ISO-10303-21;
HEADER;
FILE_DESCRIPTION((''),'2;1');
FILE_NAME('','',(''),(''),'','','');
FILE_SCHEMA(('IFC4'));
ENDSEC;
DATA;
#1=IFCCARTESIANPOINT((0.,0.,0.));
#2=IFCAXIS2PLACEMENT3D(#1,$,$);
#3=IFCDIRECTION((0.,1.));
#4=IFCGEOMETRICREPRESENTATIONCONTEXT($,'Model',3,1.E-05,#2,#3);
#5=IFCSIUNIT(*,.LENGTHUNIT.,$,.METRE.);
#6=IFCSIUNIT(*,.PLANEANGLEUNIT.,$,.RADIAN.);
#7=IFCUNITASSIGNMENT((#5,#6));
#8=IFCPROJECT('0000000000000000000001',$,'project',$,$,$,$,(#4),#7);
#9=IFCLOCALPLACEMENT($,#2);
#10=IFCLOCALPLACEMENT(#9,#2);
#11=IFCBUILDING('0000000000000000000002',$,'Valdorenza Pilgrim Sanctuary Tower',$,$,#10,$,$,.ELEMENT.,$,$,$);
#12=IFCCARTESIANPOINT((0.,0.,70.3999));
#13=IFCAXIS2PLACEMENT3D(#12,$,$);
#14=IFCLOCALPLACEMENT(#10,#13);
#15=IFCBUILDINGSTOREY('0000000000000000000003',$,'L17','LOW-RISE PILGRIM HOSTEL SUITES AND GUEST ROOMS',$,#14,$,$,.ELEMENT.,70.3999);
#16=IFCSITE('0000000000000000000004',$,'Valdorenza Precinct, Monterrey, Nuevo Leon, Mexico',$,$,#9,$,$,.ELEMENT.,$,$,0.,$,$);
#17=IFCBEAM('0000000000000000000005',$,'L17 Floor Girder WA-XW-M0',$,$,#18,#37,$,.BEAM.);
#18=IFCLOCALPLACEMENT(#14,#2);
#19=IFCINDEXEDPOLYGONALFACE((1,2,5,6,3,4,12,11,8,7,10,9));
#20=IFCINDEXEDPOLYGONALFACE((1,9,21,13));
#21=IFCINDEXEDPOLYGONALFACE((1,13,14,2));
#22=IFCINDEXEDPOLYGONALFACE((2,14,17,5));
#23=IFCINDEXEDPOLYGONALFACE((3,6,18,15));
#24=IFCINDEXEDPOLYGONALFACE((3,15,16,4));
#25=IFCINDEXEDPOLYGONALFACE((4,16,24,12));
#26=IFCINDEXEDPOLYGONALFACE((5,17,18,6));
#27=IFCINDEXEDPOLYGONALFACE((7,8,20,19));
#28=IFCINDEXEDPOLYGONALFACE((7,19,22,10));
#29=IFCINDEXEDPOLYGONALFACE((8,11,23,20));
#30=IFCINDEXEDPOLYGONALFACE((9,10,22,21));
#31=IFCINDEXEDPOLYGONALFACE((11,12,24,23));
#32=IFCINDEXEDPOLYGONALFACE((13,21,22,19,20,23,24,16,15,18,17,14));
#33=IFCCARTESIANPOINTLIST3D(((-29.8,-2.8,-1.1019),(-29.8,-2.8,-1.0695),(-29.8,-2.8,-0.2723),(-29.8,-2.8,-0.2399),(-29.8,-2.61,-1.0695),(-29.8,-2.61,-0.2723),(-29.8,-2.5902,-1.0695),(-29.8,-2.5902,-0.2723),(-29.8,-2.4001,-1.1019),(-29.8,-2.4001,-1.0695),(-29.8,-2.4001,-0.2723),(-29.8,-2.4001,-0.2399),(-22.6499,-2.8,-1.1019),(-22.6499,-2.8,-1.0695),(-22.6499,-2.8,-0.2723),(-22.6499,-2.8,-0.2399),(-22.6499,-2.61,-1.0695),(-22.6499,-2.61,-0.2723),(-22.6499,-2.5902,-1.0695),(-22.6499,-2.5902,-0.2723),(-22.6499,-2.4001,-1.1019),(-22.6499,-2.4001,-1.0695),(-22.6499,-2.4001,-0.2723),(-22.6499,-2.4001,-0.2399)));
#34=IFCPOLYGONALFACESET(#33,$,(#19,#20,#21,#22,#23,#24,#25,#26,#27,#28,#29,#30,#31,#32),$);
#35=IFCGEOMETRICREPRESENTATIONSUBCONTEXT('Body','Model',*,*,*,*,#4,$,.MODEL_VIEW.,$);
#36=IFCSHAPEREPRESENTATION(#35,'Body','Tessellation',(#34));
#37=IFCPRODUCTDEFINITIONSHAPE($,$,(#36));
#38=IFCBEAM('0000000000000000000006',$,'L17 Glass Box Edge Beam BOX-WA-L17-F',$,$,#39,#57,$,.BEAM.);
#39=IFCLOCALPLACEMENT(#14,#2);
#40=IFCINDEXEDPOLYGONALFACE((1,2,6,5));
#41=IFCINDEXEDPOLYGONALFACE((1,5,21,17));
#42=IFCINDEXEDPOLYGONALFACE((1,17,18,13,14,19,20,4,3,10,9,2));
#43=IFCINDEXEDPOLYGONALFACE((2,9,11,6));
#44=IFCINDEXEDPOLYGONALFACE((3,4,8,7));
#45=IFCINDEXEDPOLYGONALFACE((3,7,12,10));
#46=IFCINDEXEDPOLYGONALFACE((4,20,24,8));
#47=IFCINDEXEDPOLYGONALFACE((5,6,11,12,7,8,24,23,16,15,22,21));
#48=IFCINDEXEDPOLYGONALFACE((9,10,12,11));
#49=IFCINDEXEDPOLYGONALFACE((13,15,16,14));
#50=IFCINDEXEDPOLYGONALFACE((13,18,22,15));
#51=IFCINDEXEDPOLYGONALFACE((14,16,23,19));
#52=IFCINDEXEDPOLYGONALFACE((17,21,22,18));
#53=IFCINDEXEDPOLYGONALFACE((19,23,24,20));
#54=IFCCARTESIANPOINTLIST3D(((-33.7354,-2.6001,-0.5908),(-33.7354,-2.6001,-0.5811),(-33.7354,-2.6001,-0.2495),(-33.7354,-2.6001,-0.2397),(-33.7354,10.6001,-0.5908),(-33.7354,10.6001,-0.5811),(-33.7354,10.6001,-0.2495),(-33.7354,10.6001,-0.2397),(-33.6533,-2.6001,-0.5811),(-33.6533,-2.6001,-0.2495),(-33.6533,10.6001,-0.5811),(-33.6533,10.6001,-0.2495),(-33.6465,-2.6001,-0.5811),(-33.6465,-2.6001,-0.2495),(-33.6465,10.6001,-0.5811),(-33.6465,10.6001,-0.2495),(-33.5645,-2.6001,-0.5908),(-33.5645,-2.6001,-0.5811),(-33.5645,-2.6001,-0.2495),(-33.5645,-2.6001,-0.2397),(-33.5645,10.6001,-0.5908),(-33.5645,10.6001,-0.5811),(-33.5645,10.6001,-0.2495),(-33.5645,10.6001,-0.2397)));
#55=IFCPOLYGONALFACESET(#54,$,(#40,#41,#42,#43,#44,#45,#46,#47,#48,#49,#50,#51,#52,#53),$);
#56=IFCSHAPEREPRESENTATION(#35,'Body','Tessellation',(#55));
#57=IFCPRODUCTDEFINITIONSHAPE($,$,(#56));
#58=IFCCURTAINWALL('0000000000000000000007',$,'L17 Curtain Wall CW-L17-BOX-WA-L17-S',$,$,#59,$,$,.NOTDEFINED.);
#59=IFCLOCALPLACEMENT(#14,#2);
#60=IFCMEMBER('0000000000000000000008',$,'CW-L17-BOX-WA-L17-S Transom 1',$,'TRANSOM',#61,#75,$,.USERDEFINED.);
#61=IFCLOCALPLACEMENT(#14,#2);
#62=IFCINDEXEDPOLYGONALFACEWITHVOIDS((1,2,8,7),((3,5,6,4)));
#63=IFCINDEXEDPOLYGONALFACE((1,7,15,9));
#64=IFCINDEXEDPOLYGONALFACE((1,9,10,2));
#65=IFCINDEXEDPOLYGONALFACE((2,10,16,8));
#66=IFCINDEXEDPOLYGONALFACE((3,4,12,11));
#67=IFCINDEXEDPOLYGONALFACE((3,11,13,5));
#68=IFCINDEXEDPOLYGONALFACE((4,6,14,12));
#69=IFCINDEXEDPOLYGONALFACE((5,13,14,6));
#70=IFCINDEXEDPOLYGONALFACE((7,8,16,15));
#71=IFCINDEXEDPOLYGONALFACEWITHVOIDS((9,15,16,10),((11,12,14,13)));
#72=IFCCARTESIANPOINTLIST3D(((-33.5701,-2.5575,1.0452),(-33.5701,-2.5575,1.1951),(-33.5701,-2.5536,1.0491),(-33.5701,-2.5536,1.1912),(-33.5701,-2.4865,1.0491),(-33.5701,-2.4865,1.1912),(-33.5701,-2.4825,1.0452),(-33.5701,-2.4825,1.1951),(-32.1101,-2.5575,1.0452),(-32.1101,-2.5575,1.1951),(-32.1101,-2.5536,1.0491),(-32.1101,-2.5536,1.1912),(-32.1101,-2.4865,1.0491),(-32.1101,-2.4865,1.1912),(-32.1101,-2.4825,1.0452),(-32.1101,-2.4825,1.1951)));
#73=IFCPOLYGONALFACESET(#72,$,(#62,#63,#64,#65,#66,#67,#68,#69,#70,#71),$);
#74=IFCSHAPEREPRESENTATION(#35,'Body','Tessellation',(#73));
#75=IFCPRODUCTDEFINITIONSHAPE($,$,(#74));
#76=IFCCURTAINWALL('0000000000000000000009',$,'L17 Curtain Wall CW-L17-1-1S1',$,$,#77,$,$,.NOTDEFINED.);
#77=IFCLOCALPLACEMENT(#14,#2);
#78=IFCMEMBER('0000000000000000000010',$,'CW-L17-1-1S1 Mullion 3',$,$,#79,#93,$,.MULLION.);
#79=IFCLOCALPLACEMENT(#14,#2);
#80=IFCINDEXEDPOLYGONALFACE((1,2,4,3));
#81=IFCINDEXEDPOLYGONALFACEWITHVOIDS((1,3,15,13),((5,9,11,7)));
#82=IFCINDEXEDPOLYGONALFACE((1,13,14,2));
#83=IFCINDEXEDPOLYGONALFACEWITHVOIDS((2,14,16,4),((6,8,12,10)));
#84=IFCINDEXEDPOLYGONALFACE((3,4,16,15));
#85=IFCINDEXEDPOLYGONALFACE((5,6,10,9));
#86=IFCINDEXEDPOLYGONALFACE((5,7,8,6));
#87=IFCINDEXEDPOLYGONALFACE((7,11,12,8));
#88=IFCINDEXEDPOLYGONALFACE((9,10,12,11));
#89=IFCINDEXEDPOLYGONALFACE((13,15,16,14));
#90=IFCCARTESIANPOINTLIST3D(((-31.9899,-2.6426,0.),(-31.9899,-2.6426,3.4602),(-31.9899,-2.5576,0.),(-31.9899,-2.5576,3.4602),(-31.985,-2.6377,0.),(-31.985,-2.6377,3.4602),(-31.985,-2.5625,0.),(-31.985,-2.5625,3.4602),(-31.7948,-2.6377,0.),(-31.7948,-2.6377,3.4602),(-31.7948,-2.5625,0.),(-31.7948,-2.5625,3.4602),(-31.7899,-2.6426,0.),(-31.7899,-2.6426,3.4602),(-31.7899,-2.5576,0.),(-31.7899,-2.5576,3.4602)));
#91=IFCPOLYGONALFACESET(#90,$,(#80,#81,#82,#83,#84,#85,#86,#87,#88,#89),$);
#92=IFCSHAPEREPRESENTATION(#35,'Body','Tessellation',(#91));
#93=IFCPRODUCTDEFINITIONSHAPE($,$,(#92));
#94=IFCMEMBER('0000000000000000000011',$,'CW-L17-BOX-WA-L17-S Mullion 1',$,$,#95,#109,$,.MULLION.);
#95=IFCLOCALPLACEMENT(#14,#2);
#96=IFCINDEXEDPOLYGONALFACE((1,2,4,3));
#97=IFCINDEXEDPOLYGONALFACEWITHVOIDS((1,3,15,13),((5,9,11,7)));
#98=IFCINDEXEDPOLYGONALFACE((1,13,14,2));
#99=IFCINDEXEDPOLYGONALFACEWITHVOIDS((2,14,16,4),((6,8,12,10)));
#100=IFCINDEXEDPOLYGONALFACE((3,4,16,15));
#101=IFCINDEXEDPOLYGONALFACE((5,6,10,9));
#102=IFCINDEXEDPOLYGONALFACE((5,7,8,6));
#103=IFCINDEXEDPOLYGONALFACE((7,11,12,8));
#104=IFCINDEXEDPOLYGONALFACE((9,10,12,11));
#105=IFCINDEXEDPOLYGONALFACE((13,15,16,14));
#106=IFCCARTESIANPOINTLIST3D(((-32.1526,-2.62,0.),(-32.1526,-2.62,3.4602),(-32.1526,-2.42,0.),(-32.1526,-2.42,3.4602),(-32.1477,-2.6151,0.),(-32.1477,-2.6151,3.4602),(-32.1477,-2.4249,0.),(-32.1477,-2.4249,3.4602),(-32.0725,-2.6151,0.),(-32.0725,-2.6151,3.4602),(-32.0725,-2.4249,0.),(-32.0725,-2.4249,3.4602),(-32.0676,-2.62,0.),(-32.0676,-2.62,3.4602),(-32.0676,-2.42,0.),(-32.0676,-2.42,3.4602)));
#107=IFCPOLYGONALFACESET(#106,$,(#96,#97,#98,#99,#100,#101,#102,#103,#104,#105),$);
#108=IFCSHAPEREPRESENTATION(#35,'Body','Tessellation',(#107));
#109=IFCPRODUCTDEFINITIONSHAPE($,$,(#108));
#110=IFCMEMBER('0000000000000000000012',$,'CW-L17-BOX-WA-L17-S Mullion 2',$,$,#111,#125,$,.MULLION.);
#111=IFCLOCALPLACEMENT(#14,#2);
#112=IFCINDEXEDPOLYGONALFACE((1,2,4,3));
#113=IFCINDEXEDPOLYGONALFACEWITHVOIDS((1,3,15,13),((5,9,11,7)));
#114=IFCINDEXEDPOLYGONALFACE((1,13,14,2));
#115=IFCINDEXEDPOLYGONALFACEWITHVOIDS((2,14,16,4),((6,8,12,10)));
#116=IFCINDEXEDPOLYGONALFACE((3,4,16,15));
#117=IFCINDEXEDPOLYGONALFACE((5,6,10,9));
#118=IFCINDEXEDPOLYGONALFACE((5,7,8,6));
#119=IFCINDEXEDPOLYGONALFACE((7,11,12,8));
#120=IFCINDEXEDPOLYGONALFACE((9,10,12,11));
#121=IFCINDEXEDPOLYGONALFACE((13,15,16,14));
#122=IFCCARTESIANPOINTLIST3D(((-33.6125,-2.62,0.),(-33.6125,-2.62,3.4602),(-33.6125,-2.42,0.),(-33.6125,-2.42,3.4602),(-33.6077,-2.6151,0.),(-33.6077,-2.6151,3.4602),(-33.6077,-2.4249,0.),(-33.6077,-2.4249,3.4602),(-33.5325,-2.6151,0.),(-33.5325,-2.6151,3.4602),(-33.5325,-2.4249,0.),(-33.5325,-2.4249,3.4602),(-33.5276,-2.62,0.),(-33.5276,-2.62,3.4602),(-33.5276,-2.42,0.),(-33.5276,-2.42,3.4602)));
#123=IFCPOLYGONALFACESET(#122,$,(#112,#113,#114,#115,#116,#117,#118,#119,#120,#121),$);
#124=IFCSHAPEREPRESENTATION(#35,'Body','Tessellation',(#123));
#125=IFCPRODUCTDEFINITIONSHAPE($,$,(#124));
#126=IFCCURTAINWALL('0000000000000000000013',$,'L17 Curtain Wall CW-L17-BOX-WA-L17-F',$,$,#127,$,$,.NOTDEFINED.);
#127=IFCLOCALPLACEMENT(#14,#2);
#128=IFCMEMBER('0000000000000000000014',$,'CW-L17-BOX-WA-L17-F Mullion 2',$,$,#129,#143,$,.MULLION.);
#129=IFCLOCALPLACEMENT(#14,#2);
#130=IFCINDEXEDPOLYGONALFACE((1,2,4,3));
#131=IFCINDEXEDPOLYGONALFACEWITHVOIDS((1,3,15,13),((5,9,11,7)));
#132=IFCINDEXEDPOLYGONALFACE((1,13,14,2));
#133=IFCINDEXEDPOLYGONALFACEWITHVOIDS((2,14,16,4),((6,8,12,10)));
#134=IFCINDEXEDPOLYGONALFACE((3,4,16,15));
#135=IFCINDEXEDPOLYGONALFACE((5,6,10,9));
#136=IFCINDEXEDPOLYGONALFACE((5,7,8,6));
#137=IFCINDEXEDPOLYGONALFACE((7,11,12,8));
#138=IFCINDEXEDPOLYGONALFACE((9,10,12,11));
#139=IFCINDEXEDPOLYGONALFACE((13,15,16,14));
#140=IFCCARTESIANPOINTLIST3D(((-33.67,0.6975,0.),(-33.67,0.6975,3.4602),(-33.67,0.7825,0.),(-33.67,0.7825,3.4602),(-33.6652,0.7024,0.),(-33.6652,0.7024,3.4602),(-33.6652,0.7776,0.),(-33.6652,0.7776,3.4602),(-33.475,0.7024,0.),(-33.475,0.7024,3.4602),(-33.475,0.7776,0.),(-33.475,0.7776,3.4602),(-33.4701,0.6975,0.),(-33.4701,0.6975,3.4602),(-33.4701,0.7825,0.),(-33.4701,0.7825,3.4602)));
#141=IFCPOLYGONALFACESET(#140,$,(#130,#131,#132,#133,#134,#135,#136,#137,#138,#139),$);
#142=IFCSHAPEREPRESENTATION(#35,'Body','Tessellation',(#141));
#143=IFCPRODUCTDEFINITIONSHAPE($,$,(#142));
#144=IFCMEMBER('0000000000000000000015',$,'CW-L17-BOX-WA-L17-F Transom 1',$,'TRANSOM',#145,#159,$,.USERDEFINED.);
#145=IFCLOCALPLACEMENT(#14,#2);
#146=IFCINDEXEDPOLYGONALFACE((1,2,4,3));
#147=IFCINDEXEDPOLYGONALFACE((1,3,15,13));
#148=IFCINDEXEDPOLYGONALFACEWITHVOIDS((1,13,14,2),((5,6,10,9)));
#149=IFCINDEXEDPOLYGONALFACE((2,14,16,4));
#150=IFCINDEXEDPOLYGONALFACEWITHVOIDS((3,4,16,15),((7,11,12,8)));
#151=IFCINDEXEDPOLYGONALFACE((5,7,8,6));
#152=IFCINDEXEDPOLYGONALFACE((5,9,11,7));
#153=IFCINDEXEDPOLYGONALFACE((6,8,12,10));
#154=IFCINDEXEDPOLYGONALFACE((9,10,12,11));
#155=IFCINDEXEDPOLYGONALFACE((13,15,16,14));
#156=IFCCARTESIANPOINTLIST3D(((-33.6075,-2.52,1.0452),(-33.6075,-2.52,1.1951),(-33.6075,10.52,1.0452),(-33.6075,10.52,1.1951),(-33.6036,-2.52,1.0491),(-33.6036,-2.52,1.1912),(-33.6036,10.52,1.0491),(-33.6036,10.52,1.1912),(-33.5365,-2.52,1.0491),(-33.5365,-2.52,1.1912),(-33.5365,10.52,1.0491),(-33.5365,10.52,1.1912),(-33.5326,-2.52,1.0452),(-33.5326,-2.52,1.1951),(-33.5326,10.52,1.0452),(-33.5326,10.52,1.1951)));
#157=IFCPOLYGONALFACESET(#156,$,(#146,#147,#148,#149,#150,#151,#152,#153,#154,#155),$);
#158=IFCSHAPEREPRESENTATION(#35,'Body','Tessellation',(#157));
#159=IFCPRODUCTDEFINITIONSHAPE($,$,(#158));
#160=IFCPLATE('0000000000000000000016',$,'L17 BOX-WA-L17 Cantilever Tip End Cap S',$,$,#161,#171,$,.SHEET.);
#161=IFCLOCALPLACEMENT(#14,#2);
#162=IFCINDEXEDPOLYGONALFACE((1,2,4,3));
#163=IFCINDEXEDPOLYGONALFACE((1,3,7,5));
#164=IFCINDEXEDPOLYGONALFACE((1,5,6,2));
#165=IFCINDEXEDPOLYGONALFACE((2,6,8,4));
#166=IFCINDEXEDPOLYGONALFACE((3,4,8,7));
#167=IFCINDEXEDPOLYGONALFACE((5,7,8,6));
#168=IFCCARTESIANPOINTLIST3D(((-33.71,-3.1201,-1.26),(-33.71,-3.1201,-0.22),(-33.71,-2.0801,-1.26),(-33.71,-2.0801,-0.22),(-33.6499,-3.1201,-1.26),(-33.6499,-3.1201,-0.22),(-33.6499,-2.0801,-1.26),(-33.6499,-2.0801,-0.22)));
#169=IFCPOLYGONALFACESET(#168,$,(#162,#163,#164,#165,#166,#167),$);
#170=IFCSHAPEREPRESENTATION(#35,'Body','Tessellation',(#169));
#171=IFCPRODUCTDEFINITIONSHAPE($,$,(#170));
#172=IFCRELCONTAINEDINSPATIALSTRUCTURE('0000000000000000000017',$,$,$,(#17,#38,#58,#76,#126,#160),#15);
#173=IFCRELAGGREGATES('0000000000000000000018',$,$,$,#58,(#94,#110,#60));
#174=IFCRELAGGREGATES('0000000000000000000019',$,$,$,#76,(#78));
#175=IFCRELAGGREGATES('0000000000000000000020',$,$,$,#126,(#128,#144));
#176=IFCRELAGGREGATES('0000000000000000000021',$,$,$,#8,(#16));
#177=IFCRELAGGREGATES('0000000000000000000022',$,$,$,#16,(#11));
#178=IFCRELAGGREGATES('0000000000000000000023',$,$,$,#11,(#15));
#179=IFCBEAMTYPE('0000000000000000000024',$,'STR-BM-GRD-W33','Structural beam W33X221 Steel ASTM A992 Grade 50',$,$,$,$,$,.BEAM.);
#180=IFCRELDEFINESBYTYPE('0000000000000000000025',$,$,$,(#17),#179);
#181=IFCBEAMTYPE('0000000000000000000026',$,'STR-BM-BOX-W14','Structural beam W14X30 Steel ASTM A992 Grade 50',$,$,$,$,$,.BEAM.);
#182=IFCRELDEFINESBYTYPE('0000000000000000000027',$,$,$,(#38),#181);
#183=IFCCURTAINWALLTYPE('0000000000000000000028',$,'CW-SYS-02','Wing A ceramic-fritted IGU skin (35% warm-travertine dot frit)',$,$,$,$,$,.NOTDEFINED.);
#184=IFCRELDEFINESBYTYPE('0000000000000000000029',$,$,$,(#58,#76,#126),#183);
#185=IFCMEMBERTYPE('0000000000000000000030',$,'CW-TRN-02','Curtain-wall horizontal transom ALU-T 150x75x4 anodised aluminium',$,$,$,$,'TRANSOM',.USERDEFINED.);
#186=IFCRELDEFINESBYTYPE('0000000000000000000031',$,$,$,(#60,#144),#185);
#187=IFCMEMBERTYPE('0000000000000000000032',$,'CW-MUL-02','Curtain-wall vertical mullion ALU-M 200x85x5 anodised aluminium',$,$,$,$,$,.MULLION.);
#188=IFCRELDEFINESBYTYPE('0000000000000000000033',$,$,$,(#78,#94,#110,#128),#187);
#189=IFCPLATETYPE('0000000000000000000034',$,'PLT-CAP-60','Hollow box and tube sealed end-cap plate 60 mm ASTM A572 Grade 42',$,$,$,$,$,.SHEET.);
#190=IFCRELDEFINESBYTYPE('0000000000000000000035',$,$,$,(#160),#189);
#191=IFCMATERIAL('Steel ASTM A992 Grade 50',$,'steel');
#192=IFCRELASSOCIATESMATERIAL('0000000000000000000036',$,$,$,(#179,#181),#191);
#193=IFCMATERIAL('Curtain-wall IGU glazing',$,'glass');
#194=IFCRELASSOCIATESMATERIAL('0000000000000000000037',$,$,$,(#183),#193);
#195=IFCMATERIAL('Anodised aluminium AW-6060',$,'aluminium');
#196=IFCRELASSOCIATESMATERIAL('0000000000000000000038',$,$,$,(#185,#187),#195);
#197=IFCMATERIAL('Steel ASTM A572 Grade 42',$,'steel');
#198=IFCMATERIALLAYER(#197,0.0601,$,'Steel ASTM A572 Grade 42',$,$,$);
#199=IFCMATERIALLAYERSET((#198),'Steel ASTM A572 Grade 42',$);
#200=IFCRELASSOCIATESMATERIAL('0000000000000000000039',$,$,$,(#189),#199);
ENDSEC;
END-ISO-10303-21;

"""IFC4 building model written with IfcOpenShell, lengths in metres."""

from ifc_helpers import new_model, si_unit, direction, frame, origin, origin_2d, place, context, subcontext, project, spatial, rectangle, hollow_rectangle, i_section, extrude, source, transform, mapped, material, layer, layer_set, material_profile, profile_set, type_object, element, aggregate, save


model = new_model("IFC4")

# Units and contexts
model_context = context("Model", 3, precision=1e-05, world=origin(), true_north=direction((0.0, 1.0)))
body_context = subcontext(model_context, "Body", "Model", "MODEL_VIEW")
ifc_project = project(units=[si_unit("LENGTHUNIT", "METRE"), si_unit("PLANEANGLEUNIT", "RADIAN")], contexts=[model_context])

# Site, building, storey
site_placement = place(None, origin())
site = spatial("IfcSite", under=ifc_project, at=site_placement, Name="Valdorenza Precinct, Monterrey, Nuevo Leon, Mexico", CompositionType="ELEMENT", RefElevation=0.0)
building_placement = place(site_placement, origin())
building = spatial("IfcBuilding", under=site, at=building_placement, Name="Valdorenza Pilgrim Sanctuary Tower", CompositionType="ELEMENT")
storey_placement = place(building_placement, frame((0.0, 0.0, 70.3999)))
storey = spatial("IfcBuildingStorey", under=building, at=storey_placement, Name="L17", Description="LOW-RISE PILGRIM HOSTEL SUITES AND GUEST ROOMS", CompositionType="ELEMENT", Elevation=70.3999)

# Beams
ifc_material_1 = material(Name="Steel ASTM A992 Grade 50", Category="steel")
ifc_material_2 = material(Name="Steel ASTM A572 Grade 42", Category="steel")
ifc_material_profile_1 = material_profile(ifc_material_1, i_section(OverallWidth=0.3999, OverallDepth=0.8621, WebThickness=0.0198, FlangeThickness=0.0325, at=origin_2d()), Name="W33X221")
ifc_profile_set_1 = profile_set([ifc_material_profile_1], Name="Steel ASTM A992 Grade 50")
beam_type_1 = type_object("IfcBeamType", Name="STR-BM-GRD-W33", Description="Structural beam W33X221 Steel ASTM A992 Grade 50", PredefinedType="BEAM", material=ifc_profile_set_1)
shared_shape_1 = source(origin(), body_context, "Body", "SweptSolid", [
    extrude(i_section(OverallWidth=0.3999, OverallDepth=0.8621, WebThickness=0.0198, FlangeThickness=0.0325, at=origin_2d()), origin(), (0.0, 0.0, 1.0), 7.1501),
])
beam_1_placement = place(storey_placement, frame((-29.8, -2.6001, -0.6709), z_axis=(1.0, 0.0, 0.0), x_axis=(0.0, 1.0, 0.0)))
element("IfcBeam", 1, at=beam_1_placement, inside=storey, type_object=beam_type_1, Name="L17 Floor Girder WA-XW-M0", PredefinedType="BEAM", context=body_context, shape_type="MappedRepresentation", body=[
    mapped(shared_shape_1, transform((0.0, 0.0, 0.0), x_axis=(1.0, 0.0, 0.0), y_axis=(0.0, 1.0, 0.0), z_axis=(0.0, 0.0, 1.0), scale=1.0)),
])
ifc_material_profile_2 = material_profile(ifc_material_1, i_section(OverallWidth=0.1709, OverallDepth=0.3511, WebThickness=0.0068, FlangeThickness=0.0098, at=origin_2d()), Name="W14X30")
ifc_profile_set_2 = profile_set([ifc_material_profile_2], Name="Steel ASTM A992 Grade 50")
beam_type_2 = type_object("IfcBeamType", Name="STR-BM-BOX-W14", Description="Structural beam W14X30 Steel ASTM A992 Grade 50", PredefinedType="BEAM", material=ifc_profile_set_2)
shared_shape_2 = source(origin(), body_context, "Body", "SweptSolid", [
    extrude(i_section(OverallWidth=0.1709, OverallDepth=0.3511, WebThickness=0.0068, FlangeThickness=0.0098, at=origin_2d()), origin(), (0.0, 0.0, 1.0), 13.2002),
])
beam_2_placement = place(storey_placement, frame((-33.6499, -2.6001, -0.4153), z_axis=(0.0, 1.0, 0.0), x_axis=(-1.0, 0.0, 0.0)))
element("IfcBeam", 2, at=beam_2_placement, inside=storey, type_object=beam_type_2, Name="L17 Glass Box Edge Beam BOX-WA-L17-F", PredefinedType="BEAM", context=body_context, shape_type="MappedRepresentation", body=[
    mapped(shared_shape_2, transform((0.0, 0.0, 0.0), x_axis=(1.0, 0.0, 0.0), y_axis=(0.0, 1.0, 0.0), z_axis=(0.0, 0.0, 1.0), scale=1.0)),
])

# Curtain walls, members
ifc_material_3 = material(Name="Curtain-wall IGU glazing", Category="glass")
curtain_wall_type = type_object("IfcCurtainWallType", Name="CW-SYS-02", Description="Wing A ceramic-fritted IGU skin (35% warm-travertine dot frit)", PredefinedType="NOTDEFINED", material=ifc_material_3)
curtain_wall_1_placement = place(storey_placement, origin())
curtain_wall_1 = element("IfcCurtainWall", 3, at=curtain_wall_1_placement, inside=storey, type_object=curtain_wall_type, Name="L17 Curtain Wall CW-L17-BOX-WA-L17-S", PredefinedType="NOTDEFINED")
ifc_material_4 = material(Name="Anodised aluminium AW-6060", Category="aluminium")
ifc_material_profile_3 = material_profile(ifc_material_4, hollow_rectangle(XDim=0.075, YDim=0.1499, WallThickness=0.0039, at=origin_2d()), Name="ALU-T 150x75x4")
ifc_profile_set_3 = profile_set([ifc_material_profile_3], Name="Anodised aluminium AW-6060")
member_type_1 = type_object("IfcMemberType", Name="CW-TRN-02", Description="Curtain-wall horizontal transom ALU-T 150x75x4 anodised aluminium", ElementType="TRANSOM", PredefinedType="USERDEFINED", material=ifc_profile_set_3)
shared_shape_3 = source(origin(), body_context, "Body", "SweptSolid", [
    extrude(hollow_rectangle(XDim=0.075, YDim=0.1499, WallThickness=0.0039, at=origin_2d()), origin(), (0.0, 0.0, 1.0), 1.46),
])
member_1_placement = place(storey_placement, frame((-32.1101, -2.52, 1.1201), z_axis=(-1.0, 0.0, 0.0), x_axis=(0.0, -1.0, 0.0)))
member_1 = element("IfcMember", 4, at=member_1_placement, type_object=member_type_1, Name="CW-L17-BOX-WA-L17-S Transom 1", ObjectType="TRANSOM", PredefinedType="USERDEFINED", context=body_context, shape_type="MappedRepresentation", body=[
    mapped(shared_shape_3, transform((0.0, 0.0, 0.0), x_axis=(1.0, 0.0, 0.0), y_axis=(0.0, 1.0, 0.0), z_axis=(0.0, 0.0, 1.0), scale=1.0)),
])
curtain_wall_2_placement = place(storey_placement, origin())
curtain_wall_2 = element("IfcCurtainWall", 5, at=curtain_wall_2_placement, inside=storey, type_object=curtain_wall_type, Name="L17 Curtain Wall CW-L17-1-1S1", PredefinedType="NOTDEFINED")
ifc_material_profile_4 = material_profile(ifc_material_4, hollow_rectangle(XDim=0.085, YDim=0.2, WallThickness=0.0049, at=origin_2d()), Name="ALU-M 200x85x5")
ifc_profile_set_4 = profile_set([ifc_material_profile_4], Name="Anodised aluminium AW-6060")
member_type_2 = type_object("IfcMemberType", Name="CW-MUL-02", Description="Curtain-wall vertical mullion ALU-M 200x85x5 anodised aluminium", PredefinedType="MULLION", material=ifc_profile_set_4)
shared_shape_4 = source(origin(), body_context, "Body", "SweptSolid", [
    extrude(hollow_rectangle(XDim=0.085, YDim=0.2, WallThickness=0.0049, at=origin_2d()), origin(), (0.0, 0.0, 1.0), 3.4602),
])
member_2_placement = place(storey_placement, frame((-31.8899, -2.6001, 0.0), z_axis=(0.0, 0.0, 1.0), x_axis=(0.0, 1.0, 0.0)))
member_2 = element("IfcMember", 6, at=member_2_placement, type_object=member_type_2, Name="CW-L17-1-1S1 Mullion 3", PredefinedType="MULLION", context=body_context, shape_type="MappedRepresentation", body=[
    mapped(shared_shape_4, transform((0.0, 0.0, 0.0), x_axis=(1.0, 0.0, 0.0), y_axis=(0.0, 1.0, 0.0), z_axis=(0.0, 0.0, 1.0), scale=1.0)),
])

# Members
member_3_placement = place(storey_placement, frame((-32.1101, -2.52, 0.0), z_axis=(0.0, 0.0, 1.0), x_axis=(-1.0, 0.0, 0.0)))
member_3 = element("IfcMember", 7, at=member_3_placement, type_object=member_type_2, Name="CW-L17-BOX-WA-L17-S Mullion 1", PredefinedType="MULLION", context=body_context, shape_type="MappedRepresentation", body=[
    mapped(shared_shape_4, transform((0.0, 0.0, 0.0), x_axis=(1.0, 0.0, 0.0), y_axis=(0.0, 1.0, 0.0), z_axis=(0.0, 0.0, 1.0), scale=1.0)),
])
member_4_placement = place(storey_placement, frame((-33.5701, -2.52, 0.0), z_axis=(0.0, 0.0, 1.0), x_axis=(-1.0, 0.0, 0.0)))
member_4 = element("IfcMember", 8, at=member_4_placement, type_object=member_type_2, Name="CW-L17-BOX-WA-L17-S Mullion 2", PredefinedType="MULLION", context=body_context, shape_type="MappedRepresentation", body=[
    mapped(shared_shape_4, transform((0.0, 0.0, 0.0), x_axis=(1.0, 0.0, 0.0), y_axis=(0.0, 1.0, 0.0), z_axis=(0.0, 0.0, 1.0), scale=1.0)),
])

# Curtain wall, members
curtain_wall_3_placement = place(storey_placement, origin())
curtain_wall_3 = element("IfcCurtainWall", 9, at=curtain_wall_3_placement, inside=storey, type_object=curtain_wall_type, Name="L17 Curtain Wall CW-L17-BOX-WA-L17-F", PredefinedType="NOTDEFINED")
member_5_placement = place(storey_placement, frame((-33.5701, 0.74, 0.0), z_axis=(0.0, 0.0, 1.0), x_axis=(0.0, 1.0, 0.0)))
member_5 = element("IfcMember", 10, at=member_5_placement, type_object=member_type_2, Name="CW-L17-BOX-WA-L17-F Mullion 2", PredefinedType="MULLION", context=body_context, shape_type="MappedRepresentation", body=[
    mapped(shared_shape_4, transform((0.0, 0.0, 0.0), x_axis=(1.0, 0.0, 0.0), y_axis=(0.0, 1.0, 0.0), z_axis=(0.0, 0.0, 1.0), scale=1.0)),
])
shared_shape_5 = source(origin(), body_context, "Body", "SweptSolid", [
    extrude(hollow_rectangle(XDim=0.075, YDim=0.1499, WallThickness=0.0039, at=origin_2d()), origin(), (0.0, 0.0, 1.0), 13.04),
])
member_6_placement = place(storey_placement, frame((-33.5701, -2.52, 1.1201), z_axis=(0.0, 1.0, 0.0), x_axis=(-1.0, 0.0, 0.0)))
member_6 = element("IfcMember", 11, at=member_6_placement, type_object=member_type_1, Name="CW-L17-BOX-WA-L17-F Transom 1", ObjectType="TRANSOM", PredefinedType="USERDEFINED", context=body_context, shape_type="MappedRepresentation", body=[
    mapped(shared_shape_5, transform((0.0, 0.0, 0.0), x_axis=(1.0, 0.0, 0.0), y_axis=(0.0, 1.0, 0.0), z_axis=(0.0, 0.0, 1.0), scale=1.0)),
])

# Plate
ifc_layer_1 = layer(ifc_material_2, 0.0601, Name="Steel ASTM A572 Grade 42")
ifc_layer_set_1 = layer_set([ifc_layer_1], Name="Steel ASTM A572 Grade 42")
plate_type_1 = type_object("IfcPlateType", Name="PLT-CAP-60", Description="Hollow box and tube sealed end-cap plate 60 mm ASTM A572 Grade 42", PredefinedType="SHEET", material=ifc_layer_set_1)
shared_shape_6 = source(origin(), body_context, "Body", "SweptSolid", [
    extrude(rectangle(XDim=0.0601, YDim=1.04, at=origin_2d()), origin(), (0.0, 0.0, 1.0), 1.04),
])
plate_1_placement = place(storey_placement, frame((-33.6799, -2.6001, -1.26), z_axis=(0.0, 0.0, 1.0), x_axis=(1.0, 0.0, 0.0)))
element("IfcPlate", 12, at=plate_1_placement, inside=storey, type_object=plate_type_1, Name="L17 BOX-WA-L17 Cantilever Tip End Cap S", PredefinedType="SHEET", context=body_context, shape_type="MappedRepresentation", body=[
    mapped(shared_shape_6, transform((0.0, 0.0, 0.0), x_axis=(1.0, 0.0, 0.0), y_axis=(0.0, 1.0, 0.0), z_axis=(0.0, 0.0, 1.0), scale=1.0)),
])
aggregate(curtain_wall_1, [member_3, member_4, member_1])
aggregate(curtain_wall_2, [member_2])
aggregate(curtain_wall_3, [member_5, member_6])

save(model, "model.ifc")
